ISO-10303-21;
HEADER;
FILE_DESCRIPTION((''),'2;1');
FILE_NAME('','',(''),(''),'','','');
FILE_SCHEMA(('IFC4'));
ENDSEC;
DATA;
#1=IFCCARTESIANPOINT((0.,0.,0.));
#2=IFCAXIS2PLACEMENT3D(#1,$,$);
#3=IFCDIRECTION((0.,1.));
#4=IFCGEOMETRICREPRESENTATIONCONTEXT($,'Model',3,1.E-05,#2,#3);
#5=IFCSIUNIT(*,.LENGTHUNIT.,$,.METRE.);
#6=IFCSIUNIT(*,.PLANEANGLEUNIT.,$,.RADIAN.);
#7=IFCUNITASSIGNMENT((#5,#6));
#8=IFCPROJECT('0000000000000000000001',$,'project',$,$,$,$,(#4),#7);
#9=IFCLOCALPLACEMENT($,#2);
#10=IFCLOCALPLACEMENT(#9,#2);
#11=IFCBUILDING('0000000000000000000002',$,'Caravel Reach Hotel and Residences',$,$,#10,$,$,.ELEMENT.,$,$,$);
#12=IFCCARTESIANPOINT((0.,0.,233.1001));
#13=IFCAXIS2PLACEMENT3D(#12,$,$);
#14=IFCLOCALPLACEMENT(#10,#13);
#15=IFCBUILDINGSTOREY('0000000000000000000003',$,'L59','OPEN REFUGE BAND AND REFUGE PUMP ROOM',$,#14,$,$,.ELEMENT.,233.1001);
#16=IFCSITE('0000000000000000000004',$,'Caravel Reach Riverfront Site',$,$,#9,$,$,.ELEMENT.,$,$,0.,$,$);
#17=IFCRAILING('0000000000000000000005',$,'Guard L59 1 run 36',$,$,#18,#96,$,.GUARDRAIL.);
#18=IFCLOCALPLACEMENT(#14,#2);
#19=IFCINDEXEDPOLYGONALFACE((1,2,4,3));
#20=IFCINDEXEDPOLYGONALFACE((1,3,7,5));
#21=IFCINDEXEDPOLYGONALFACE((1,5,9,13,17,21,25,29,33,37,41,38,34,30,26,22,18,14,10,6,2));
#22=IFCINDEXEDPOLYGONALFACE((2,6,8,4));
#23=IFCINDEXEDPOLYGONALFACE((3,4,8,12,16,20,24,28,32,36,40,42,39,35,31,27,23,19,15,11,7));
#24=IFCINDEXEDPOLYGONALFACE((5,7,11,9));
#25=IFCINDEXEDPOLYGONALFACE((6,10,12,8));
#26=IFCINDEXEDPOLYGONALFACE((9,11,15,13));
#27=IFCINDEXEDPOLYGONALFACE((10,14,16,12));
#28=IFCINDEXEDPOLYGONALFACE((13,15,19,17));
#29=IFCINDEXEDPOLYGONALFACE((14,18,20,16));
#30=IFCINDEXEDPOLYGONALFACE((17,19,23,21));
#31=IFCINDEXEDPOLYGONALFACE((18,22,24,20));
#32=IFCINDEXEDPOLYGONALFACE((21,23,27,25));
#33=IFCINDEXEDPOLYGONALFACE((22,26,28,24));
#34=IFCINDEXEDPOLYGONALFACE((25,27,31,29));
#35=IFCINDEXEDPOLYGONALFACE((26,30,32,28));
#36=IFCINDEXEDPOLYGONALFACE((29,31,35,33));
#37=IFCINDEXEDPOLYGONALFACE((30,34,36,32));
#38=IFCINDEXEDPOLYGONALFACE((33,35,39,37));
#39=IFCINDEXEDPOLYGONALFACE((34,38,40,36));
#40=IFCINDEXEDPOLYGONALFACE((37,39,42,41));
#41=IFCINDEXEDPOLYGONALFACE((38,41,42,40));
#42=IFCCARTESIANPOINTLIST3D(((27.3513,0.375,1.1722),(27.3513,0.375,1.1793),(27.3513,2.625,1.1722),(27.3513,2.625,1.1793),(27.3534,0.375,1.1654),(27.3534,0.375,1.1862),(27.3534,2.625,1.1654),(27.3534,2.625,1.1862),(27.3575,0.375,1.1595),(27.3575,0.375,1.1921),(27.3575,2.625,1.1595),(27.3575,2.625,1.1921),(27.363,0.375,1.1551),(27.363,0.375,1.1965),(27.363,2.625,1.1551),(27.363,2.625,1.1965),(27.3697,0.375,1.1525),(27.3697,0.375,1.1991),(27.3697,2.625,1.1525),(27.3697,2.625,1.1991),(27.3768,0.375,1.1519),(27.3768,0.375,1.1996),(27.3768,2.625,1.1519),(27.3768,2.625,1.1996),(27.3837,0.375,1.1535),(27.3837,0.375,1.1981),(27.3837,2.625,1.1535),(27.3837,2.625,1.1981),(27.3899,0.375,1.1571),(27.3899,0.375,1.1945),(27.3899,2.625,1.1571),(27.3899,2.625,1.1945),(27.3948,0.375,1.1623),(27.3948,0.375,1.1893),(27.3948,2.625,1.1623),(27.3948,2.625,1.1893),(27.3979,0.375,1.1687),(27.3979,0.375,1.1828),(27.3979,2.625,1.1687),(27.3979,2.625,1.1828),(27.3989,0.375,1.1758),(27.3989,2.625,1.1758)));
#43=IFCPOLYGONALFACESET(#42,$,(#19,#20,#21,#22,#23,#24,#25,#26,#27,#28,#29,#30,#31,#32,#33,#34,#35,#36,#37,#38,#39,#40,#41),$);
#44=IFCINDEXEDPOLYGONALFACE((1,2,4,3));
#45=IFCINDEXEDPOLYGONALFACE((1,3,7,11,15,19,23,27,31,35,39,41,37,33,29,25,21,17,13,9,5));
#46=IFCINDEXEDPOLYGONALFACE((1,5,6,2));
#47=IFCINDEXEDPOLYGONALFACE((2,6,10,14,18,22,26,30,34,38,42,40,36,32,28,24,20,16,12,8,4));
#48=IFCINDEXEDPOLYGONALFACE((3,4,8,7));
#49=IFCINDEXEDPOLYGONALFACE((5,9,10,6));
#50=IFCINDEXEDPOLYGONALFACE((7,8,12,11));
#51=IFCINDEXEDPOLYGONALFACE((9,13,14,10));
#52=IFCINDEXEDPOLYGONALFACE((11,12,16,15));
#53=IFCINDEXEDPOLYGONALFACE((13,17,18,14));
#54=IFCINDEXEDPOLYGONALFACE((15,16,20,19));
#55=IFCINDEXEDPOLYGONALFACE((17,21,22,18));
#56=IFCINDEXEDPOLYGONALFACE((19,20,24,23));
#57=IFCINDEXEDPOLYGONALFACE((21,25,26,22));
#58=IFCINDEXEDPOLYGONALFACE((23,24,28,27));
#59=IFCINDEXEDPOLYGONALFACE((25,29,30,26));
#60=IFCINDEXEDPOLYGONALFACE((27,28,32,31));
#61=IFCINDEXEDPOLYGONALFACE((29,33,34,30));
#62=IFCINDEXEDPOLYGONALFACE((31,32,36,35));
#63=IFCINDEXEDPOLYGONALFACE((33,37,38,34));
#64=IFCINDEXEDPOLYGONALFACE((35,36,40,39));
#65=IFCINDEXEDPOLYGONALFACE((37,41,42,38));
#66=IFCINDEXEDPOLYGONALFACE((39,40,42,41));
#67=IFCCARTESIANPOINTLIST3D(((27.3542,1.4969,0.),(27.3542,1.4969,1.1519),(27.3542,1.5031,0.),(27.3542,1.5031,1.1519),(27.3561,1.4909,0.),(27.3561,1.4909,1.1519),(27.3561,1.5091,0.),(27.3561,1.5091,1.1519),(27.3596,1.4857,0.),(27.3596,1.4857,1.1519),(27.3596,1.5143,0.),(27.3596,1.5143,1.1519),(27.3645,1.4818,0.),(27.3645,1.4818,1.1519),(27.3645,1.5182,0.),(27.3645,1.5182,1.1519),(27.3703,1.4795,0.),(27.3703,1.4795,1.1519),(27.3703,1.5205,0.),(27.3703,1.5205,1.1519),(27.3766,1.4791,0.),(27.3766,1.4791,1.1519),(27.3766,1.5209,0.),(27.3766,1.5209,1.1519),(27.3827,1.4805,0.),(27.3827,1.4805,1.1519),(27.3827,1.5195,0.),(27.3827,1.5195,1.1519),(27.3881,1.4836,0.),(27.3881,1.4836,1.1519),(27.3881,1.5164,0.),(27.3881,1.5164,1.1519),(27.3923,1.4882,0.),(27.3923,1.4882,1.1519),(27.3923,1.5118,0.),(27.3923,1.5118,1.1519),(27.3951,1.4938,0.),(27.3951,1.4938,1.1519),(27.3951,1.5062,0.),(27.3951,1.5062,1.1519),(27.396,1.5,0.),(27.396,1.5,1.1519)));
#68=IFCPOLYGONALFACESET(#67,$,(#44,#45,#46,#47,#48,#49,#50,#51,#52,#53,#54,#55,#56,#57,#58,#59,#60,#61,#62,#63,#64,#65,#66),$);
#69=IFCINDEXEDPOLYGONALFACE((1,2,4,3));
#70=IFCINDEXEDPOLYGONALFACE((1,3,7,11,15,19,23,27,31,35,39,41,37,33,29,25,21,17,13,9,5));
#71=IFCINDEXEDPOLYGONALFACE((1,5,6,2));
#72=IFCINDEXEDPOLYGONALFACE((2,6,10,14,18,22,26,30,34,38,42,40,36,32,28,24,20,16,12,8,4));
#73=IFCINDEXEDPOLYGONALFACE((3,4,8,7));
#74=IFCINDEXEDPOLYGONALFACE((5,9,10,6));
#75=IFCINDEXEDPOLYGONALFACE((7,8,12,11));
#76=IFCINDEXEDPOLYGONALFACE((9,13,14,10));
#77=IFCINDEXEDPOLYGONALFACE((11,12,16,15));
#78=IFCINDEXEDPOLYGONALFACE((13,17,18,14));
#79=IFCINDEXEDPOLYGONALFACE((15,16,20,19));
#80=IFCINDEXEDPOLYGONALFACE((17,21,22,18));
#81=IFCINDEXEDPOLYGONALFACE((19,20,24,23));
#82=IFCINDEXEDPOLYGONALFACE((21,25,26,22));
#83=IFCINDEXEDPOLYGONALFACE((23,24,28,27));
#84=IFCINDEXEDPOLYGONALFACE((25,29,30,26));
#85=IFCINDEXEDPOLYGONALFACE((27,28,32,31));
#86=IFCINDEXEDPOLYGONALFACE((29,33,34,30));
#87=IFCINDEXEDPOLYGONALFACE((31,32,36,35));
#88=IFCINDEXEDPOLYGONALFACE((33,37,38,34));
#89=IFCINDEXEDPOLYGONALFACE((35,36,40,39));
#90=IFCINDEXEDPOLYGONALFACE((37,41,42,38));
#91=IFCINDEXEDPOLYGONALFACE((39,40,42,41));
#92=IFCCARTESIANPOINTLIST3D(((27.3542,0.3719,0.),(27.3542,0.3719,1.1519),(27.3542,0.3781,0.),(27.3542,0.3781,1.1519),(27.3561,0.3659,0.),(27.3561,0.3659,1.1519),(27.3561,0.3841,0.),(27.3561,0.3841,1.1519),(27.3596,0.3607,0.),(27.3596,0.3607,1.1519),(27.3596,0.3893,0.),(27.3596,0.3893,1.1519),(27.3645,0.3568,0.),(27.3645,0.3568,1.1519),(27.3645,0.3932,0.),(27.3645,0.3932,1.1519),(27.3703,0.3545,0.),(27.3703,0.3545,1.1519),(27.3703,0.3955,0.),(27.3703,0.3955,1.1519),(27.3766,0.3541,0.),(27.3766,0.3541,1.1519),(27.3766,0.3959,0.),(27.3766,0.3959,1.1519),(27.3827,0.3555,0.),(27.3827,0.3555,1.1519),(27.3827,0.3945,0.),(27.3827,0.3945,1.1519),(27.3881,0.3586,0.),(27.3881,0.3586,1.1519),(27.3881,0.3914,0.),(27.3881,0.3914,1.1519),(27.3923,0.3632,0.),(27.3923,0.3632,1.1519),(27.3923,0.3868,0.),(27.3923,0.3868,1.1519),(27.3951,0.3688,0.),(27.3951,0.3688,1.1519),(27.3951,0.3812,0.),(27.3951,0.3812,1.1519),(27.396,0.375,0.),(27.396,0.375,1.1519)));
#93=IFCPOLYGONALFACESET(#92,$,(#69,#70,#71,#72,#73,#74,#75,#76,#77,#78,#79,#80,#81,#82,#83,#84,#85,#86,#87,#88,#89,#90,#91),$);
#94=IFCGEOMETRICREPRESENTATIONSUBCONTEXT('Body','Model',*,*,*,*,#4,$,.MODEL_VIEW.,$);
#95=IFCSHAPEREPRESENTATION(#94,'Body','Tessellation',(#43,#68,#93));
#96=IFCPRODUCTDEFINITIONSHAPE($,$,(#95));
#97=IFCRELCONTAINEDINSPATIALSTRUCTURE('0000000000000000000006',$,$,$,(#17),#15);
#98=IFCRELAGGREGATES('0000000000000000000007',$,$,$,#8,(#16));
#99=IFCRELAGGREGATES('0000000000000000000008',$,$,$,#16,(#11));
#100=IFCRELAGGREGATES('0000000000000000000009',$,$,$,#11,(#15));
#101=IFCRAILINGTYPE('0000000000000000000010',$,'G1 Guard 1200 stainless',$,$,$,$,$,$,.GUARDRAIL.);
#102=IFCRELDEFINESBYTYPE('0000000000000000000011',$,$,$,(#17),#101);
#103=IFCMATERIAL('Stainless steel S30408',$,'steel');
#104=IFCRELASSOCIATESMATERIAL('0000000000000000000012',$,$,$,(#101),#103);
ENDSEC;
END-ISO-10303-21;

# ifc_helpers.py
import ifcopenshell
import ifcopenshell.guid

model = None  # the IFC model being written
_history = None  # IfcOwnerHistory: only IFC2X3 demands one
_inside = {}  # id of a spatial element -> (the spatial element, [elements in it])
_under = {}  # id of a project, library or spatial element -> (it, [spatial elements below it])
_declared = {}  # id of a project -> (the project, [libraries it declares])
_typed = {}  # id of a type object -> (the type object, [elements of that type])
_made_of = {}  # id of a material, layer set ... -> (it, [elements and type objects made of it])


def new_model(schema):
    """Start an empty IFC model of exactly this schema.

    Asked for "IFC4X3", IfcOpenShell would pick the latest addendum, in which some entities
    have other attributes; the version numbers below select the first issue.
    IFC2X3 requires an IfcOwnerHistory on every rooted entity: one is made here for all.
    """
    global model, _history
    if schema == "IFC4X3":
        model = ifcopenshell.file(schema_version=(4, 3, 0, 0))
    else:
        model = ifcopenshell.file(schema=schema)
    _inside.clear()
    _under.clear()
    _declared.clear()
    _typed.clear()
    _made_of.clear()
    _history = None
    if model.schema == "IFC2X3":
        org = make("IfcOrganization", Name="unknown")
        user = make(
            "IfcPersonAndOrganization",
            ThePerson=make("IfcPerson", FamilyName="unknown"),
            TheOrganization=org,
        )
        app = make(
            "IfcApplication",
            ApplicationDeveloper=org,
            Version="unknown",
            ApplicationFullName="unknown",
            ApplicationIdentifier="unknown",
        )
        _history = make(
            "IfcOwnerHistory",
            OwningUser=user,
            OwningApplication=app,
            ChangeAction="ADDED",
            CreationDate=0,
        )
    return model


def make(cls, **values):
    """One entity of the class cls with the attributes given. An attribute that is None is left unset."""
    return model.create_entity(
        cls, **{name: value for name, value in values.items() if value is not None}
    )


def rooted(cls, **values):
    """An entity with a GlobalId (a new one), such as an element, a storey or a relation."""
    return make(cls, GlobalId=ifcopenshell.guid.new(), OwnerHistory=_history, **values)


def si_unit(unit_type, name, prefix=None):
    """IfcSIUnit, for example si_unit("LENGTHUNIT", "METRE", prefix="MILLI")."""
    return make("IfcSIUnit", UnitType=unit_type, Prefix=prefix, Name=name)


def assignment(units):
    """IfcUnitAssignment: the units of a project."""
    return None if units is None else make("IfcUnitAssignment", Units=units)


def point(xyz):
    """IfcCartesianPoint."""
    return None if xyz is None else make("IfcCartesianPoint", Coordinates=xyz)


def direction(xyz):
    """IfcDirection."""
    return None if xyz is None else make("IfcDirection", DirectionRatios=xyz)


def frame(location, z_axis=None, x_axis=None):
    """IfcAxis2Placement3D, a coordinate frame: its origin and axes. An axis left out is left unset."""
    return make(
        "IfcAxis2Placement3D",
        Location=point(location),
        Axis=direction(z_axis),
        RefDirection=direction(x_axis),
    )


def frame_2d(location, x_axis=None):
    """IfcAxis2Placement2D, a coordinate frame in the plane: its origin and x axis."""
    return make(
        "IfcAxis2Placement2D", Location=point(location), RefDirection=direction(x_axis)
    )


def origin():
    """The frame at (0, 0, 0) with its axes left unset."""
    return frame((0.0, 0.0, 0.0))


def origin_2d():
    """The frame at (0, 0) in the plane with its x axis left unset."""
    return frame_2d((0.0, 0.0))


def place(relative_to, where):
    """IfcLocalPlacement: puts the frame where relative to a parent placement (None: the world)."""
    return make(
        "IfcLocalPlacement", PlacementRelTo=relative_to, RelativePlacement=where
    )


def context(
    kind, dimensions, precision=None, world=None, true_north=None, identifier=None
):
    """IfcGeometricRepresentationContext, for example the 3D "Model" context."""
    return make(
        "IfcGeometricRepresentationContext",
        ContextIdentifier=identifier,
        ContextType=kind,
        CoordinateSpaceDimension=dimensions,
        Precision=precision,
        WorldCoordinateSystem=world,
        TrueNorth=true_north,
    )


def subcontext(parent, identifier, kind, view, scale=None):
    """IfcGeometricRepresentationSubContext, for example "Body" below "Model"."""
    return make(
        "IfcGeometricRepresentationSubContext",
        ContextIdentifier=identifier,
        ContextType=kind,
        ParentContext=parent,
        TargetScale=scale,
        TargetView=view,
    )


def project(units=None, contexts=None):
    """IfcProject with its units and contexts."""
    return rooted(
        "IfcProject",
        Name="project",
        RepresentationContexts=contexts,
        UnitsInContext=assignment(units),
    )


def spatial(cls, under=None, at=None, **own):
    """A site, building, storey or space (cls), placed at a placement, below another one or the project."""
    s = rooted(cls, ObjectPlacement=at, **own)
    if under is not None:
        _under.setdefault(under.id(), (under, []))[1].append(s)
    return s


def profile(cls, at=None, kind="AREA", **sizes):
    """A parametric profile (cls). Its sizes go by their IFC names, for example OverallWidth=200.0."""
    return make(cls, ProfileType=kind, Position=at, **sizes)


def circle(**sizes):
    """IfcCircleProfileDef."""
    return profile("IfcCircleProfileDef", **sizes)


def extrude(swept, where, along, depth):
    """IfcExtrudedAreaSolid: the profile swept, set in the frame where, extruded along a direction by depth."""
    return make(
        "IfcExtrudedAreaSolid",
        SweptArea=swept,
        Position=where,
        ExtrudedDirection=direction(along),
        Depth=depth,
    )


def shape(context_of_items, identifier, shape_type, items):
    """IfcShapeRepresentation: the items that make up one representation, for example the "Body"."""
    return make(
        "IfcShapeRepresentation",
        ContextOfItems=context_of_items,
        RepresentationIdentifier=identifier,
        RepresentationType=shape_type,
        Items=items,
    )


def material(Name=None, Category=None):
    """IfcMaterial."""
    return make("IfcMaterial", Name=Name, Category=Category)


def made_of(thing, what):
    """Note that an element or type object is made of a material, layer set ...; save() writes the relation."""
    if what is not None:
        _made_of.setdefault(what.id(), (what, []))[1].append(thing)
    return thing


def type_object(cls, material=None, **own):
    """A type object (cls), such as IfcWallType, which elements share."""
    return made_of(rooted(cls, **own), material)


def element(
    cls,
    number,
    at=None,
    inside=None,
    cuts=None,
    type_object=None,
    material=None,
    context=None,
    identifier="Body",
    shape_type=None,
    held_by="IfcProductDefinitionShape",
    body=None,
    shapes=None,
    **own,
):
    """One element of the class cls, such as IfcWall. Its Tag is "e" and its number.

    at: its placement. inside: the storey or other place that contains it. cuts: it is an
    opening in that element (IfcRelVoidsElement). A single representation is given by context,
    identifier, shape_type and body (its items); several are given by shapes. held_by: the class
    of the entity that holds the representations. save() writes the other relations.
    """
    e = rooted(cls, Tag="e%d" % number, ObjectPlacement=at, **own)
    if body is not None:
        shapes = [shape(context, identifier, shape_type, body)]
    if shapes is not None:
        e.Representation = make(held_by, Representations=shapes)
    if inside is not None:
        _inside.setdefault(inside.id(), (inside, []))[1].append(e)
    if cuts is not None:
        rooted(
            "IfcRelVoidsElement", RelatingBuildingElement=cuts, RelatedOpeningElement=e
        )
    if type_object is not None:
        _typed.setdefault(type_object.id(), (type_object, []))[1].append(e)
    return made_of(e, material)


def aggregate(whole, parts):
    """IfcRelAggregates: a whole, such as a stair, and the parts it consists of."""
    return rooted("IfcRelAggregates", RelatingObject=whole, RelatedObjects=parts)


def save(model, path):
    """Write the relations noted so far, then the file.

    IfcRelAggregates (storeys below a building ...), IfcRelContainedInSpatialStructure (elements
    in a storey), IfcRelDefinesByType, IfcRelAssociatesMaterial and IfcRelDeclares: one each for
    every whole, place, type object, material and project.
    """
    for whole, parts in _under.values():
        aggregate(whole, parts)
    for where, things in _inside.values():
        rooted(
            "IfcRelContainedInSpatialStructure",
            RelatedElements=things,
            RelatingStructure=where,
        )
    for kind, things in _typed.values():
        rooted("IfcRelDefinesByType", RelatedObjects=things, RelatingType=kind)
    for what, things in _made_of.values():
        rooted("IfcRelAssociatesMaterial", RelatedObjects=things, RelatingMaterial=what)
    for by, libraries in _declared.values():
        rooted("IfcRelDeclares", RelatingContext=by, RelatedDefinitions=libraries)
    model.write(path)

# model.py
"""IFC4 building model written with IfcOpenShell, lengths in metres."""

from ifc_helpers import new_model, si_unit, direction, frame, origin, origin_2d, place, context, subcontext, project, spatial, circle, extrude, material, type_object, element, save


model = new_model("IFC4")

# Units and contexts
model_context = context("Model", 3, precision=1e-05, world=origin(), true_north=direction((0.0, 1.0)))
body_context = subcontext(model_context, "Body", "Model", "MODEL_VIEW")
ifc_project = project(units=[si_unit("LENGTHUNIT", "METRE"), si_unit("PLANEANGLEUNIT", "RADIAN")], contexts=[model_context])

# Site, building, storey
site_placement = place(None, origin())
site = spatial("IfcSite", under=ifc_project, at=site_placement, Name="Caravel Reach Riverfront Site", CompositionType="ELEMENT", RefElevation=0.0)
building_placement = place(site_placement, origin())
building = spatial("IfcBuilding", under=site, at=building_placement, Name="Caravel Reach Hotel and Residences", CompositionType="ELEMENT")
storey_placement = place(building_placement, frame((0.0, 0.0, 233.1001)))
storey = spatial("IfcBuildingStorey", under=building, at=storey_placement, Name="L59", Description="OPEN REFUGE BAND AND REFUGE PUMP ROOM", CompositionType="ELEMENT", Elevation=233.1001)

# Railing
ifc_material_1 = material(Name="Stainless steel S30408", Category="steel")
railing_type = type_object("IfcRailingType", Name="G1 Guard 1200 stainless", PredefinedType="GUARDRAIL", material=ifc_material_1)
railing_1_placement = place(storey_placement, frame((27.375, 2.625, 0.0)))
element("IfcRailing", 1, at=railing_1_placement, inside=storey, type_object=railing_type, Name="Guard L59 1 run 36", PredefinedType="GUARDRAIL", context=body_context, shape_type="SweptSolid", body=[
    extrude(circle(Radius=0.0239, at=origin_2d()), frame((0.0, 0.0, 1.1758), z_axis=(0.0, -1.0, 0.0), x_axis=(1.0, 0.0, 0.0)), (0.0, 0.0, 1.0), 2.25),
    extrude(circle(Radius=0.021, at=origin_2d()), frame((0.0, -1.125, 0.0)), (0.0, 0.0, 1.0), 1.1519),
    extrude(circle(Radius=0.021, at=origin_2d()), frame((0.0, -2.25, 0.0)), (0.0, 0.0, 1.0), 1.1519),
])

save(model, "model.ifc")
